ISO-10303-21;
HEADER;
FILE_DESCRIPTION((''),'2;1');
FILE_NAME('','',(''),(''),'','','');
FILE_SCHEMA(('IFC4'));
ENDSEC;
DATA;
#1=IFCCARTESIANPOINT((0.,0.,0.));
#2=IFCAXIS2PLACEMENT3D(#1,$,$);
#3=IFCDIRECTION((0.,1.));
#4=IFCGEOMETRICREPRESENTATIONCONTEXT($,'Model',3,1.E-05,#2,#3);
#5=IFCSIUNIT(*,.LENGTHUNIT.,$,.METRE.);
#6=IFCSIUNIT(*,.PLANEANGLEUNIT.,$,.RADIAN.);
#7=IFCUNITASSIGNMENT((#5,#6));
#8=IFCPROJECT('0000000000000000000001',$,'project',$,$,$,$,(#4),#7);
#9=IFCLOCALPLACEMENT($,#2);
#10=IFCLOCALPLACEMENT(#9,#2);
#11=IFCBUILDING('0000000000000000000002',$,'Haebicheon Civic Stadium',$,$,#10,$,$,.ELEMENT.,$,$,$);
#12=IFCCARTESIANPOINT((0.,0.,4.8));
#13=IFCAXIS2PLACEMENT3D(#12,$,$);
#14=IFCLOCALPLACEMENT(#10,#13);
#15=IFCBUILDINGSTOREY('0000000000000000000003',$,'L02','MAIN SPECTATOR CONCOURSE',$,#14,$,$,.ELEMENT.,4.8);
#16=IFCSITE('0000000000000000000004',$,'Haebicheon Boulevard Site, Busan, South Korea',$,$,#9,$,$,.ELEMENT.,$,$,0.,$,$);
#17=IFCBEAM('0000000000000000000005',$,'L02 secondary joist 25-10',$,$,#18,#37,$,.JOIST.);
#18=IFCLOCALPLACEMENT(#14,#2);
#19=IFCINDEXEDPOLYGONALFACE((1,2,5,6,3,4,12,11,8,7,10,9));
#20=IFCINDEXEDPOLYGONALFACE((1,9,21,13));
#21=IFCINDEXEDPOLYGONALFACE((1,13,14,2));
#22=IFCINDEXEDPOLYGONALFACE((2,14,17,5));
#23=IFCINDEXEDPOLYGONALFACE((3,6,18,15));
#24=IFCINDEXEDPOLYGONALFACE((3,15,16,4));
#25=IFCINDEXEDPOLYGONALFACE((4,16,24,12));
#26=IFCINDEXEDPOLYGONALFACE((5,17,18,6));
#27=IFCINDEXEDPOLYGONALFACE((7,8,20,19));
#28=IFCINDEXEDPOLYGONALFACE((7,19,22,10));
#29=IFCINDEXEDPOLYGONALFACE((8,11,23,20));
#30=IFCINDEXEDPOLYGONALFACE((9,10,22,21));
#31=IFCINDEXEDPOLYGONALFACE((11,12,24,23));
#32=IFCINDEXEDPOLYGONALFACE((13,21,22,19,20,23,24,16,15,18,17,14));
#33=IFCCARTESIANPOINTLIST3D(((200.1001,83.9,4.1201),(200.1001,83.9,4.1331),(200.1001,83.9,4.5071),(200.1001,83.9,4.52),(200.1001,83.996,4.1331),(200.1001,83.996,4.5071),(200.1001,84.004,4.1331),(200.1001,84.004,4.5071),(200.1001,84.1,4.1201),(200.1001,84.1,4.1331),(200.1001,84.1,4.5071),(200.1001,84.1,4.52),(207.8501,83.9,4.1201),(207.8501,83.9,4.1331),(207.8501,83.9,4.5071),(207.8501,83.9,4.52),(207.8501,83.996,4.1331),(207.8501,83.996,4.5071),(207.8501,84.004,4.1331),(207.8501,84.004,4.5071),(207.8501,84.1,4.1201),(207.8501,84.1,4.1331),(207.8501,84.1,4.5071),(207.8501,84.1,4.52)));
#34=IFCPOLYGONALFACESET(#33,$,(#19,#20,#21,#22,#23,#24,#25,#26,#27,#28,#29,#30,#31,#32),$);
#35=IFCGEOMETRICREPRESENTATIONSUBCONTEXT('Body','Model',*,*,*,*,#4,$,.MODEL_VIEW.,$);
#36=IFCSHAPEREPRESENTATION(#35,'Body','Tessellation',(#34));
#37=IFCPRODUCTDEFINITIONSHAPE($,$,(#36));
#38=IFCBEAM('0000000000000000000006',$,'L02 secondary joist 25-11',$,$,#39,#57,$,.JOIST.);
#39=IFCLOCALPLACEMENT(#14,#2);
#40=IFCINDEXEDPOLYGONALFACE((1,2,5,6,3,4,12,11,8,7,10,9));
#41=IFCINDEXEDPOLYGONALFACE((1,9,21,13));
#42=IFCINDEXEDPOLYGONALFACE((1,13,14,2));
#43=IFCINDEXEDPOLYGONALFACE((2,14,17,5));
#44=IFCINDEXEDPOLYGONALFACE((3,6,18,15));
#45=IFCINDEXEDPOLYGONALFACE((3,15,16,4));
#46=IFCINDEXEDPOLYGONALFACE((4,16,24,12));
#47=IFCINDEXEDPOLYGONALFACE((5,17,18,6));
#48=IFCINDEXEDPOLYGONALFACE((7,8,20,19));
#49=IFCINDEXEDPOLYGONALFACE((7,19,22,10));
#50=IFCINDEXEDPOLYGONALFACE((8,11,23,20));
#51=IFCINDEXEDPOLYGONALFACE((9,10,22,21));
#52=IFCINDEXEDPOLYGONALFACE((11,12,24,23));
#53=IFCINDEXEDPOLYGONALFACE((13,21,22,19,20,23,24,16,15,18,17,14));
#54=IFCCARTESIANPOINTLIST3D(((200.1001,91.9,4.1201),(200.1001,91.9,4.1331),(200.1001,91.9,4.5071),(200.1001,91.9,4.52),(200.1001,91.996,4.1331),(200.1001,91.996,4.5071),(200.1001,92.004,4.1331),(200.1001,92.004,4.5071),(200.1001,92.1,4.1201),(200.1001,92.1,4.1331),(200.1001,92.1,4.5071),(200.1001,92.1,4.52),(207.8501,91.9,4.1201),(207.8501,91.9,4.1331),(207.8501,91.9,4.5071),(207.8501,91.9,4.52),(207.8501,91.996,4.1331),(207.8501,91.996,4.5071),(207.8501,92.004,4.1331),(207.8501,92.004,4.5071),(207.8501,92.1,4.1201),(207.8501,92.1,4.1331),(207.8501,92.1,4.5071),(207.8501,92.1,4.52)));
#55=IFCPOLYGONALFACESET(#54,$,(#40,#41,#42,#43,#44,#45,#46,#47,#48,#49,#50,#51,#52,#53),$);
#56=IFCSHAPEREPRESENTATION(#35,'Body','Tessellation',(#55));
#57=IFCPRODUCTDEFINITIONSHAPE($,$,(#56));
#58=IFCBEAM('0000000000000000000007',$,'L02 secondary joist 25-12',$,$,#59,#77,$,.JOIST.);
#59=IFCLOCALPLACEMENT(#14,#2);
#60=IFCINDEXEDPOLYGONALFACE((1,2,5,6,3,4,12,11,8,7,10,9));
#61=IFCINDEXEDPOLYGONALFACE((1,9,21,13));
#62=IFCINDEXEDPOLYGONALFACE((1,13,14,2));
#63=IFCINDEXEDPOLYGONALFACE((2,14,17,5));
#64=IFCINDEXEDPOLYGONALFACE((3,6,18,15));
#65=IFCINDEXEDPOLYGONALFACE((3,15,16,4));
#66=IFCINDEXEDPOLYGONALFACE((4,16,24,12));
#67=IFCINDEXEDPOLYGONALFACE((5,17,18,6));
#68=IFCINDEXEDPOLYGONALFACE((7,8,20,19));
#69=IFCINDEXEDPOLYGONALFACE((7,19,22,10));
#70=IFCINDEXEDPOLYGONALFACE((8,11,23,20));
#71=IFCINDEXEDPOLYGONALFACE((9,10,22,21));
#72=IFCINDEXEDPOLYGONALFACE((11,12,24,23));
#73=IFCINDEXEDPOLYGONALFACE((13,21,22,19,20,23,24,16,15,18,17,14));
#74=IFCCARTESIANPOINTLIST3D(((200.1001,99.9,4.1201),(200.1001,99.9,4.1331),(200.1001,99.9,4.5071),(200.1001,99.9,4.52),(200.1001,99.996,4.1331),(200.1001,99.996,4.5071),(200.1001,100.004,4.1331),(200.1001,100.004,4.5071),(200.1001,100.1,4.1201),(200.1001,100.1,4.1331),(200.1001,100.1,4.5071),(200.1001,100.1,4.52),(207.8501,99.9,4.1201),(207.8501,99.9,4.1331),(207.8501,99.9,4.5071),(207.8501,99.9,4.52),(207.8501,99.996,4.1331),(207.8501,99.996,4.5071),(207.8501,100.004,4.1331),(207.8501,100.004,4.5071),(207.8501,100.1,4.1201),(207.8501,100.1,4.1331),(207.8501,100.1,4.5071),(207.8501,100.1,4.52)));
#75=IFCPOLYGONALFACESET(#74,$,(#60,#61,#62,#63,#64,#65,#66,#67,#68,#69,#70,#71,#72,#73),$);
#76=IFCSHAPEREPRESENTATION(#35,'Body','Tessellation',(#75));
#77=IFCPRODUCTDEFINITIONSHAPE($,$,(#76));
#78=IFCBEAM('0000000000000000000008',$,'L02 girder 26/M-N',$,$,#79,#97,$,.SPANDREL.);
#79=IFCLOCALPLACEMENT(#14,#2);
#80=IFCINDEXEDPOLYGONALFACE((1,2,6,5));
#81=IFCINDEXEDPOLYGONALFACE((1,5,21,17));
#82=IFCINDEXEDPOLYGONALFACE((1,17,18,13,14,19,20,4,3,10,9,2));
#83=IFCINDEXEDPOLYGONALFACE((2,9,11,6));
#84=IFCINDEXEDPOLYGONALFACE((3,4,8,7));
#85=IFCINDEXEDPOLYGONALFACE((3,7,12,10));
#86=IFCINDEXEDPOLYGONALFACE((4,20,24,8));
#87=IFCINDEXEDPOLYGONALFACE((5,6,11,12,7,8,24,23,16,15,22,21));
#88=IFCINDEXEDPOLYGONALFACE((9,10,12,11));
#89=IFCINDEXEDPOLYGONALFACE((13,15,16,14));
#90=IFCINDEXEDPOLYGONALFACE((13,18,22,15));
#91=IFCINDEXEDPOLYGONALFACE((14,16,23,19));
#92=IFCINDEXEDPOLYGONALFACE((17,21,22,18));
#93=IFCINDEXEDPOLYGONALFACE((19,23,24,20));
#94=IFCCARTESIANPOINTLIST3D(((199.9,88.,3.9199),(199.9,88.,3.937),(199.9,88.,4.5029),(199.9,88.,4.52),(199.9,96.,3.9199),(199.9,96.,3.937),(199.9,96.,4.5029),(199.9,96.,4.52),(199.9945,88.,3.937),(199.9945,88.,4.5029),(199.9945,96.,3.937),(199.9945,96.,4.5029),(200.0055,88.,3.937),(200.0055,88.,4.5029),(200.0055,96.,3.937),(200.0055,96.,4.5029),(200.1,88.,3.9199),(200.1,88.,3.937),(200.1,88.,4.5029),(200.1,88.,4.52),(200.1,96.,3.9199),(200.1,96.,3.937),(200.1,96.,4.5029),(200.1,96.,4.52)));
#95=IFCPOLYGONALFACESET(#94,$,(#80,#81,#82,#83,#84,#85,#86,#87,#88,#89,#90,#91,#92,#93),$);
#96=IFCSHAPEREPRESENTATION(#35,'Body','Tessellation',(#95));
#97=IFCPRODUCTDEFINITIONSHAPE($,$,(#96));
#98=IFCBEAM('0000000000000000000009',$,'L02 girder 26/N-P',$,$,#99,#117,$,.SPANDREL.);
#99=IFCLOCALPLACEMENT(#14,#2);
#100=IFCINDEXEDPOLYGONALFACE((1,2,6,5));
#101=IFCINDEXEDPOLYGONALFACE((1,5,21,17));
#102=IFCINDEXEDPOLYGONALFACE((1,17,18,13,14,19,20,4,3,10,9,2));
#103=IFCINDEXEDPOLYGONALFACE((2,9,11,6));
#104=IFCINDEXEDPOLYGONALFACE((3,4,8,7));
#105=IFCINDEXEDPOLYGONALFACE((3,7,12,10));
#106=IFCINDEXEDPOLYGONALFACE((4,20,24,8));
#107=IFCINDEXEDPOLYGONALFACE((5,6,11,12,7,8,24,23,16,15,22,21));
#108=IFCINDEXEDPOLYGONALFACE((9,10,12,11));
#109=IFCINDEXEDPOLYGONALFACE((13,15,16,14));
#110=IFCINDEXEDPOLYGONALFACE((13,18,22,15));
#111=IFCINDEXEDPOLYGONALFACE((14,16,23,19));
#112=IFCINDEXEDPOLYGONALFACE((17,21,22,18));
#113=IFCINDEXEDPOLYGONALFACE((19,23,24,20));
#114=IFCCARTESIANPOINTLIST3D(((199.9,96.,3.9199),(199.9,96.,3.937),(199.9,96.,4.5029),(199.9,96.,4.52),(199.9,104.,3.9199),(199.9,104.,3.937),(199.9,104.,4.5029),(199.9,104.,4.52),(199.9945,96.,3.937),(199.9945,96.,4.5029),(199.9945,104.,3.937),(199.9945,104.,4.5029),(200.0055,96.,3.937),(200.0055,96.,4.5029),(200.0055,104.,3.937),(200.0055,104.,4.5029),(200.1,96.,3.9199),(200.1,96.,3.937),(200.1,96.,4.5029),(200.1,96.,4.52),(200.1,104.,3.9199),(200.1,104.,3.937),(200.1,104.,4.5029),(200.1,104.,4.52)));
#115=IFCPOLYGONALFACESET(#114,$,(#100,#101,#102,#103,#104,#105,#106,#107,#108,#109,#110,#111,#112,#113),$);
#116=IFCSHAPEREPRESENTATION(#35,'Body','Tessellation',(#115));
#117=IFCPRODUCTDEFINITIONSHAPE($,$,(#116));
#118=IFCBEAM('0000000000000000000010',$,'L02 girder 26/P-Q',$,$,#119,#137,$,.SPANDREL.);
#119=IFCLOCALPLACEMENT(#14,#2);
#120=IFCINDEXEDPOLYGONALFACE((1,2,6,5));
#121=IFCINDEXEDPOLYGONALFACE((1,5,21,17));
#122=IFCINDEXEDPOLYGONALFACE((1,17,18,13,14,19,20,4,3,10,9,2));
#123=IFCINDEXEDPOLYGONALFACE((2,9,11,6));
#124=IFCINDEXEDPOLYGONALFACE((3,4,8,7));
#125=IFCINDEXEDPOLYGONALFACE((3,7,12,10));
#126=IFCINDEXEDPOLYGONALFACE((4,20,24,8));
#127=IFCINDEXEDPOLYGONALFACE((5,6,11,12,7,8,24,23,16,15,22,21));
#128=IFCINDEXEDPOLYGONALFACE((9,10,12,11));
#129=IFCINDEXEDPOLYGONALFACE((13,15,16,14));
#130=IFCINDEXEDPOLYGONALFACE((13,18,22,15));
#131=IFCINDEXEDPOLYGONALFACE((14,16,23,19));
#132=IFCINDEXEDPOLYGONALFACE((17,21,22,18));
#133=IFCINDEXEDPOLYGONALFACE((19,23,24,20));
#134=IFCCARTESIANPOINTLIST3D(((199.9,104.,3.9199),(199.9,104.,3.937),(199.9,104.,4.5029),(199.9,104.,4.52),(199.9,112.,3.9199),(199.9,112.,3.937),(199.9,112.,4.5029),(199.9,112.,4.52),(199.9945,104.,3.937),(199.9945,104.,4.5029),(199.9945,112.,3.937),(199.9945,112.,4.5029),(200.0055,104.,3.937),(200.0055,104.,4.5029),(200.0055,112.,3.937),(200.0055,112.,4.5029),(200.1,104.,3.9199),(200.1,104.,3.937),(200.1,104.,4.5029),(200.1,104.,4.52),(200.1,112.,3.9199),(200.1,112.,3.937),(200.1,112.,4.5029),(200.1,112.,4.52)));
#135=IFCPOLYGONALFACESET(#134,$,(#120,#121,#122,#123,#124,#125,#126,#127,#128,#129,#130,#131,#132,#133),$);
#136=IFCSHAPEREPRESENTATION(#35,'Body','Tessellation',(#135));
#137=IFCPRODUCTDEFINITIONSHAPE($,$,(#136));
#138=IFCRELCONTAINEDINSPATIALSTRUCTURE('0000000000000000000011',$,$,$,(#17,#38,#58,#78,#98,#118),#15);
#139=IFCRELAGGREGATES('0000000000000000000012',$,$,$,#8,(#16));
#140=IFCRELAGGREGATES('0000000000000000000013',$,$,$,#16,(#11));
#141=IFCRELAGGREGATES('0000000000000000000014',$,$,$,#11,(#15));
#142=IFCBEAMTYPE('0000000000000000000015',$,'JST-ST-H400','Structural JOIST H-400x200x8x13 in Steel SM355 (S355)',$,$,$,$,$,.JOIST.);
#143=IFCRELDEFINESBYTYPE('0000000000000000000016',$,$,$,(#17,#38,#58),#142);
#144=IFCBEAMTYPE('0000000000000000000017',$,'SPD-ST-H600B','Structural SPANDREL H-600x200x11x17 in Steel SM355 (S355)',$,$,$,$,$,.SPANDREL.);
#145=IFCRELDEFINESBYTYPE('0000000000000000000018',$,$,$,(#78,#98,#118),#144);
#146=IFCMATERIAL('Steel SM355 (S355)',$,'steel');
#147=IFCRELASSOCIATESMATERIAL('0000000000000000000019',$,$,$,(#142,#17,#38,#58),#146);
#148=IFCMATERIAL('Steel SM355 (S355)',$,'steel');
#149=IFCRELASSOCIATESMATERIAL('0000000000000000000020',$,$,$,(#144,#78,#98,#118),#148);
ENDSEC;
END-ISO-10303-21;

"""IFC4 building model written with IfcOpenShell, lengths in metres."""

from ifc_helpers import new_model, si_unit, direction, frame, origin, origin_2d, place, context, subcontext, project, spatial, i_section, extrude, material, material_profile, profile_set, type_object, element, save


model = new_model("IFC4")

# Units and contexts
model_context = context("Model", 3, precision=1e-05, world=origin(), true_north=direction((0.0, 1.0)))
body_context = subcontext(model_context, "Body", "Model", "MODEL_VIEW")
ifc_project = project(units=[si_unit("LENGTHUNIT", "METRE"), si_unit("PLANEANGLEUNIT", "RADIAN")], contexts=[model_context])

# Site, building, storey
site_placement = place(None, origin())
site = spatial("IfcSite", under=ifc_project, at=site_placement, Name="Haebicheon Boulevard Site, Busan, South Korea", CompositionType="ELEMENT", RefElevation=0.0)
building_placement = place(site_placement, origin())
building = spatial("IfcBuilding", under=site, at=building_placement, Name="Haebicheon Civic Stadium", CompositionType="ELEMENT")
storey_placement = place(building_placement, frame((0.0, 0.0, 4.8)))
storey = spatial("IfcBuildingStorey", under=building, at=storey_placement, Name="L02", Description="MAIN SPECTATOR CONCOURSE", CompositionType="ELEMENT", Elevation=4.8)

# Beams
ifc_material_1 = material(Name="Steel SM355 (S355)", Category="steel")
ifc_material_profile_1 = material_profile(ifc_material_1, i_section(OverallWidth=0.2, OverallDepth=0.3999, WebThickness=0.0081, FlangeThickness=0.0129, at=origin_2d()), Name="H-400x200x8x13")
ifc_profile_set_1 = profile_set([ifc_material_profile_1], Name="Steel SM355 (S355)")
beam_type_1 = type_object("IfcBeamType", Name="JST-ST-H400", Description="Structural JOIST H-400x200x8x13 in Steel SM355 (S355)", PredefinedType="JOIST", material=ifc_profile_set_1)
for number, where, z_axis, x_axis, name in (
    (1, (200.1001, 84.0, 4.3201), (1.0, 0.0, 0.0), (0.0, 1.0, 0.0), "L02 secondary joist 25-10"),
    (2, (200.1001, 92.0, 4.3201), (1.0, 0.0, 0.0), (0.0, 1.0, 0.0), "L02 secondary joist 25-11"),
    (3, (200.1001, 100.0, 4.3201), (1.0, 0.0, 0.0), (0.0, 1.0, 0.0), "L02 secondary joist 25-12"),
):
    element("IfcBeam", number, at=place(storey_placement, frame(where, z_axis=z_axis, x_axis=x_axis)), inside=storey, type_object=beam_type_1, material=ifc_profile_set_1, Name=name, PredefinedType="JOIST", context=body_context, shape_type="SweptSolid", body=[
        extrude(i_section(OverallWidth=0.2, OverallDepth=0.3999, WebThickness=0.0081, FlangeThickness=0.0129, at=origin_2d()), origin(), (0.0, 0.0, 1.0), 7.75),
    ])
ifc_material_2 = material(Name="Steel SM355 (S355)", Category="steel")
ifc_material_profile_2 = material_profile(ifc_material_2, i_section(OverallWidth=0.2, OverallDepth=0.6001, WebThickness=0.011, FlangeThickness=0.0171, at=origin_2d()), Name="H-600x200x11x17")
ifc_profile_set_2 = profile_set([ifc_material_profile_2], Name="Steel SM355 (S355)")
beam_type_2 = type_object("IfcBeamType", Name="SPD-ST-H600B", Description="Structural SPANDREL H-600x200x11x17 in Steel SM355 (S355)", PredefinedType="SPANDREL", material=ifc_profile_set_2)
for number, where, z_axis, x_axis, name in (
    (4, (200.0, 88.0, 4.22), (0.0, 1.0, 0.0), (-1.0, 0.0, 0.0), "L02 girder 26/M-N"),
    (5, (200.0, 96.0, 4.22), (0.0, 1.0, 0.0), (-1.0, 0.0, 0.0), "L02 girder 26/N-P"),
    (6, (200.0, 104.0, 4.22), (0.0, 1.0, 0.0), (-1.0, 0.0, 0.0), "L02 girder 26/P-Q"),
):
    element("IfcBeam", number, at=place(storey_placement, frame(where, z_axis=z_axis, x_axis=x_axis)), inside=storey, type_object=beam_type_2, material=ifc_profile_set_2, Name=name, PredefinedType="SPANDREL", context=body_context, shape_type="SweptSolid", body=[
        extrude(i_section(OverallWidth=0.2, OverallDepth=0.6001, WebThickness=0.011, FlangeThickness=0.0171, at=origin_2d()), origin(), (0.0, 0.0, 1.0), 8.0),
    ])

save(model, "model.ifc")
